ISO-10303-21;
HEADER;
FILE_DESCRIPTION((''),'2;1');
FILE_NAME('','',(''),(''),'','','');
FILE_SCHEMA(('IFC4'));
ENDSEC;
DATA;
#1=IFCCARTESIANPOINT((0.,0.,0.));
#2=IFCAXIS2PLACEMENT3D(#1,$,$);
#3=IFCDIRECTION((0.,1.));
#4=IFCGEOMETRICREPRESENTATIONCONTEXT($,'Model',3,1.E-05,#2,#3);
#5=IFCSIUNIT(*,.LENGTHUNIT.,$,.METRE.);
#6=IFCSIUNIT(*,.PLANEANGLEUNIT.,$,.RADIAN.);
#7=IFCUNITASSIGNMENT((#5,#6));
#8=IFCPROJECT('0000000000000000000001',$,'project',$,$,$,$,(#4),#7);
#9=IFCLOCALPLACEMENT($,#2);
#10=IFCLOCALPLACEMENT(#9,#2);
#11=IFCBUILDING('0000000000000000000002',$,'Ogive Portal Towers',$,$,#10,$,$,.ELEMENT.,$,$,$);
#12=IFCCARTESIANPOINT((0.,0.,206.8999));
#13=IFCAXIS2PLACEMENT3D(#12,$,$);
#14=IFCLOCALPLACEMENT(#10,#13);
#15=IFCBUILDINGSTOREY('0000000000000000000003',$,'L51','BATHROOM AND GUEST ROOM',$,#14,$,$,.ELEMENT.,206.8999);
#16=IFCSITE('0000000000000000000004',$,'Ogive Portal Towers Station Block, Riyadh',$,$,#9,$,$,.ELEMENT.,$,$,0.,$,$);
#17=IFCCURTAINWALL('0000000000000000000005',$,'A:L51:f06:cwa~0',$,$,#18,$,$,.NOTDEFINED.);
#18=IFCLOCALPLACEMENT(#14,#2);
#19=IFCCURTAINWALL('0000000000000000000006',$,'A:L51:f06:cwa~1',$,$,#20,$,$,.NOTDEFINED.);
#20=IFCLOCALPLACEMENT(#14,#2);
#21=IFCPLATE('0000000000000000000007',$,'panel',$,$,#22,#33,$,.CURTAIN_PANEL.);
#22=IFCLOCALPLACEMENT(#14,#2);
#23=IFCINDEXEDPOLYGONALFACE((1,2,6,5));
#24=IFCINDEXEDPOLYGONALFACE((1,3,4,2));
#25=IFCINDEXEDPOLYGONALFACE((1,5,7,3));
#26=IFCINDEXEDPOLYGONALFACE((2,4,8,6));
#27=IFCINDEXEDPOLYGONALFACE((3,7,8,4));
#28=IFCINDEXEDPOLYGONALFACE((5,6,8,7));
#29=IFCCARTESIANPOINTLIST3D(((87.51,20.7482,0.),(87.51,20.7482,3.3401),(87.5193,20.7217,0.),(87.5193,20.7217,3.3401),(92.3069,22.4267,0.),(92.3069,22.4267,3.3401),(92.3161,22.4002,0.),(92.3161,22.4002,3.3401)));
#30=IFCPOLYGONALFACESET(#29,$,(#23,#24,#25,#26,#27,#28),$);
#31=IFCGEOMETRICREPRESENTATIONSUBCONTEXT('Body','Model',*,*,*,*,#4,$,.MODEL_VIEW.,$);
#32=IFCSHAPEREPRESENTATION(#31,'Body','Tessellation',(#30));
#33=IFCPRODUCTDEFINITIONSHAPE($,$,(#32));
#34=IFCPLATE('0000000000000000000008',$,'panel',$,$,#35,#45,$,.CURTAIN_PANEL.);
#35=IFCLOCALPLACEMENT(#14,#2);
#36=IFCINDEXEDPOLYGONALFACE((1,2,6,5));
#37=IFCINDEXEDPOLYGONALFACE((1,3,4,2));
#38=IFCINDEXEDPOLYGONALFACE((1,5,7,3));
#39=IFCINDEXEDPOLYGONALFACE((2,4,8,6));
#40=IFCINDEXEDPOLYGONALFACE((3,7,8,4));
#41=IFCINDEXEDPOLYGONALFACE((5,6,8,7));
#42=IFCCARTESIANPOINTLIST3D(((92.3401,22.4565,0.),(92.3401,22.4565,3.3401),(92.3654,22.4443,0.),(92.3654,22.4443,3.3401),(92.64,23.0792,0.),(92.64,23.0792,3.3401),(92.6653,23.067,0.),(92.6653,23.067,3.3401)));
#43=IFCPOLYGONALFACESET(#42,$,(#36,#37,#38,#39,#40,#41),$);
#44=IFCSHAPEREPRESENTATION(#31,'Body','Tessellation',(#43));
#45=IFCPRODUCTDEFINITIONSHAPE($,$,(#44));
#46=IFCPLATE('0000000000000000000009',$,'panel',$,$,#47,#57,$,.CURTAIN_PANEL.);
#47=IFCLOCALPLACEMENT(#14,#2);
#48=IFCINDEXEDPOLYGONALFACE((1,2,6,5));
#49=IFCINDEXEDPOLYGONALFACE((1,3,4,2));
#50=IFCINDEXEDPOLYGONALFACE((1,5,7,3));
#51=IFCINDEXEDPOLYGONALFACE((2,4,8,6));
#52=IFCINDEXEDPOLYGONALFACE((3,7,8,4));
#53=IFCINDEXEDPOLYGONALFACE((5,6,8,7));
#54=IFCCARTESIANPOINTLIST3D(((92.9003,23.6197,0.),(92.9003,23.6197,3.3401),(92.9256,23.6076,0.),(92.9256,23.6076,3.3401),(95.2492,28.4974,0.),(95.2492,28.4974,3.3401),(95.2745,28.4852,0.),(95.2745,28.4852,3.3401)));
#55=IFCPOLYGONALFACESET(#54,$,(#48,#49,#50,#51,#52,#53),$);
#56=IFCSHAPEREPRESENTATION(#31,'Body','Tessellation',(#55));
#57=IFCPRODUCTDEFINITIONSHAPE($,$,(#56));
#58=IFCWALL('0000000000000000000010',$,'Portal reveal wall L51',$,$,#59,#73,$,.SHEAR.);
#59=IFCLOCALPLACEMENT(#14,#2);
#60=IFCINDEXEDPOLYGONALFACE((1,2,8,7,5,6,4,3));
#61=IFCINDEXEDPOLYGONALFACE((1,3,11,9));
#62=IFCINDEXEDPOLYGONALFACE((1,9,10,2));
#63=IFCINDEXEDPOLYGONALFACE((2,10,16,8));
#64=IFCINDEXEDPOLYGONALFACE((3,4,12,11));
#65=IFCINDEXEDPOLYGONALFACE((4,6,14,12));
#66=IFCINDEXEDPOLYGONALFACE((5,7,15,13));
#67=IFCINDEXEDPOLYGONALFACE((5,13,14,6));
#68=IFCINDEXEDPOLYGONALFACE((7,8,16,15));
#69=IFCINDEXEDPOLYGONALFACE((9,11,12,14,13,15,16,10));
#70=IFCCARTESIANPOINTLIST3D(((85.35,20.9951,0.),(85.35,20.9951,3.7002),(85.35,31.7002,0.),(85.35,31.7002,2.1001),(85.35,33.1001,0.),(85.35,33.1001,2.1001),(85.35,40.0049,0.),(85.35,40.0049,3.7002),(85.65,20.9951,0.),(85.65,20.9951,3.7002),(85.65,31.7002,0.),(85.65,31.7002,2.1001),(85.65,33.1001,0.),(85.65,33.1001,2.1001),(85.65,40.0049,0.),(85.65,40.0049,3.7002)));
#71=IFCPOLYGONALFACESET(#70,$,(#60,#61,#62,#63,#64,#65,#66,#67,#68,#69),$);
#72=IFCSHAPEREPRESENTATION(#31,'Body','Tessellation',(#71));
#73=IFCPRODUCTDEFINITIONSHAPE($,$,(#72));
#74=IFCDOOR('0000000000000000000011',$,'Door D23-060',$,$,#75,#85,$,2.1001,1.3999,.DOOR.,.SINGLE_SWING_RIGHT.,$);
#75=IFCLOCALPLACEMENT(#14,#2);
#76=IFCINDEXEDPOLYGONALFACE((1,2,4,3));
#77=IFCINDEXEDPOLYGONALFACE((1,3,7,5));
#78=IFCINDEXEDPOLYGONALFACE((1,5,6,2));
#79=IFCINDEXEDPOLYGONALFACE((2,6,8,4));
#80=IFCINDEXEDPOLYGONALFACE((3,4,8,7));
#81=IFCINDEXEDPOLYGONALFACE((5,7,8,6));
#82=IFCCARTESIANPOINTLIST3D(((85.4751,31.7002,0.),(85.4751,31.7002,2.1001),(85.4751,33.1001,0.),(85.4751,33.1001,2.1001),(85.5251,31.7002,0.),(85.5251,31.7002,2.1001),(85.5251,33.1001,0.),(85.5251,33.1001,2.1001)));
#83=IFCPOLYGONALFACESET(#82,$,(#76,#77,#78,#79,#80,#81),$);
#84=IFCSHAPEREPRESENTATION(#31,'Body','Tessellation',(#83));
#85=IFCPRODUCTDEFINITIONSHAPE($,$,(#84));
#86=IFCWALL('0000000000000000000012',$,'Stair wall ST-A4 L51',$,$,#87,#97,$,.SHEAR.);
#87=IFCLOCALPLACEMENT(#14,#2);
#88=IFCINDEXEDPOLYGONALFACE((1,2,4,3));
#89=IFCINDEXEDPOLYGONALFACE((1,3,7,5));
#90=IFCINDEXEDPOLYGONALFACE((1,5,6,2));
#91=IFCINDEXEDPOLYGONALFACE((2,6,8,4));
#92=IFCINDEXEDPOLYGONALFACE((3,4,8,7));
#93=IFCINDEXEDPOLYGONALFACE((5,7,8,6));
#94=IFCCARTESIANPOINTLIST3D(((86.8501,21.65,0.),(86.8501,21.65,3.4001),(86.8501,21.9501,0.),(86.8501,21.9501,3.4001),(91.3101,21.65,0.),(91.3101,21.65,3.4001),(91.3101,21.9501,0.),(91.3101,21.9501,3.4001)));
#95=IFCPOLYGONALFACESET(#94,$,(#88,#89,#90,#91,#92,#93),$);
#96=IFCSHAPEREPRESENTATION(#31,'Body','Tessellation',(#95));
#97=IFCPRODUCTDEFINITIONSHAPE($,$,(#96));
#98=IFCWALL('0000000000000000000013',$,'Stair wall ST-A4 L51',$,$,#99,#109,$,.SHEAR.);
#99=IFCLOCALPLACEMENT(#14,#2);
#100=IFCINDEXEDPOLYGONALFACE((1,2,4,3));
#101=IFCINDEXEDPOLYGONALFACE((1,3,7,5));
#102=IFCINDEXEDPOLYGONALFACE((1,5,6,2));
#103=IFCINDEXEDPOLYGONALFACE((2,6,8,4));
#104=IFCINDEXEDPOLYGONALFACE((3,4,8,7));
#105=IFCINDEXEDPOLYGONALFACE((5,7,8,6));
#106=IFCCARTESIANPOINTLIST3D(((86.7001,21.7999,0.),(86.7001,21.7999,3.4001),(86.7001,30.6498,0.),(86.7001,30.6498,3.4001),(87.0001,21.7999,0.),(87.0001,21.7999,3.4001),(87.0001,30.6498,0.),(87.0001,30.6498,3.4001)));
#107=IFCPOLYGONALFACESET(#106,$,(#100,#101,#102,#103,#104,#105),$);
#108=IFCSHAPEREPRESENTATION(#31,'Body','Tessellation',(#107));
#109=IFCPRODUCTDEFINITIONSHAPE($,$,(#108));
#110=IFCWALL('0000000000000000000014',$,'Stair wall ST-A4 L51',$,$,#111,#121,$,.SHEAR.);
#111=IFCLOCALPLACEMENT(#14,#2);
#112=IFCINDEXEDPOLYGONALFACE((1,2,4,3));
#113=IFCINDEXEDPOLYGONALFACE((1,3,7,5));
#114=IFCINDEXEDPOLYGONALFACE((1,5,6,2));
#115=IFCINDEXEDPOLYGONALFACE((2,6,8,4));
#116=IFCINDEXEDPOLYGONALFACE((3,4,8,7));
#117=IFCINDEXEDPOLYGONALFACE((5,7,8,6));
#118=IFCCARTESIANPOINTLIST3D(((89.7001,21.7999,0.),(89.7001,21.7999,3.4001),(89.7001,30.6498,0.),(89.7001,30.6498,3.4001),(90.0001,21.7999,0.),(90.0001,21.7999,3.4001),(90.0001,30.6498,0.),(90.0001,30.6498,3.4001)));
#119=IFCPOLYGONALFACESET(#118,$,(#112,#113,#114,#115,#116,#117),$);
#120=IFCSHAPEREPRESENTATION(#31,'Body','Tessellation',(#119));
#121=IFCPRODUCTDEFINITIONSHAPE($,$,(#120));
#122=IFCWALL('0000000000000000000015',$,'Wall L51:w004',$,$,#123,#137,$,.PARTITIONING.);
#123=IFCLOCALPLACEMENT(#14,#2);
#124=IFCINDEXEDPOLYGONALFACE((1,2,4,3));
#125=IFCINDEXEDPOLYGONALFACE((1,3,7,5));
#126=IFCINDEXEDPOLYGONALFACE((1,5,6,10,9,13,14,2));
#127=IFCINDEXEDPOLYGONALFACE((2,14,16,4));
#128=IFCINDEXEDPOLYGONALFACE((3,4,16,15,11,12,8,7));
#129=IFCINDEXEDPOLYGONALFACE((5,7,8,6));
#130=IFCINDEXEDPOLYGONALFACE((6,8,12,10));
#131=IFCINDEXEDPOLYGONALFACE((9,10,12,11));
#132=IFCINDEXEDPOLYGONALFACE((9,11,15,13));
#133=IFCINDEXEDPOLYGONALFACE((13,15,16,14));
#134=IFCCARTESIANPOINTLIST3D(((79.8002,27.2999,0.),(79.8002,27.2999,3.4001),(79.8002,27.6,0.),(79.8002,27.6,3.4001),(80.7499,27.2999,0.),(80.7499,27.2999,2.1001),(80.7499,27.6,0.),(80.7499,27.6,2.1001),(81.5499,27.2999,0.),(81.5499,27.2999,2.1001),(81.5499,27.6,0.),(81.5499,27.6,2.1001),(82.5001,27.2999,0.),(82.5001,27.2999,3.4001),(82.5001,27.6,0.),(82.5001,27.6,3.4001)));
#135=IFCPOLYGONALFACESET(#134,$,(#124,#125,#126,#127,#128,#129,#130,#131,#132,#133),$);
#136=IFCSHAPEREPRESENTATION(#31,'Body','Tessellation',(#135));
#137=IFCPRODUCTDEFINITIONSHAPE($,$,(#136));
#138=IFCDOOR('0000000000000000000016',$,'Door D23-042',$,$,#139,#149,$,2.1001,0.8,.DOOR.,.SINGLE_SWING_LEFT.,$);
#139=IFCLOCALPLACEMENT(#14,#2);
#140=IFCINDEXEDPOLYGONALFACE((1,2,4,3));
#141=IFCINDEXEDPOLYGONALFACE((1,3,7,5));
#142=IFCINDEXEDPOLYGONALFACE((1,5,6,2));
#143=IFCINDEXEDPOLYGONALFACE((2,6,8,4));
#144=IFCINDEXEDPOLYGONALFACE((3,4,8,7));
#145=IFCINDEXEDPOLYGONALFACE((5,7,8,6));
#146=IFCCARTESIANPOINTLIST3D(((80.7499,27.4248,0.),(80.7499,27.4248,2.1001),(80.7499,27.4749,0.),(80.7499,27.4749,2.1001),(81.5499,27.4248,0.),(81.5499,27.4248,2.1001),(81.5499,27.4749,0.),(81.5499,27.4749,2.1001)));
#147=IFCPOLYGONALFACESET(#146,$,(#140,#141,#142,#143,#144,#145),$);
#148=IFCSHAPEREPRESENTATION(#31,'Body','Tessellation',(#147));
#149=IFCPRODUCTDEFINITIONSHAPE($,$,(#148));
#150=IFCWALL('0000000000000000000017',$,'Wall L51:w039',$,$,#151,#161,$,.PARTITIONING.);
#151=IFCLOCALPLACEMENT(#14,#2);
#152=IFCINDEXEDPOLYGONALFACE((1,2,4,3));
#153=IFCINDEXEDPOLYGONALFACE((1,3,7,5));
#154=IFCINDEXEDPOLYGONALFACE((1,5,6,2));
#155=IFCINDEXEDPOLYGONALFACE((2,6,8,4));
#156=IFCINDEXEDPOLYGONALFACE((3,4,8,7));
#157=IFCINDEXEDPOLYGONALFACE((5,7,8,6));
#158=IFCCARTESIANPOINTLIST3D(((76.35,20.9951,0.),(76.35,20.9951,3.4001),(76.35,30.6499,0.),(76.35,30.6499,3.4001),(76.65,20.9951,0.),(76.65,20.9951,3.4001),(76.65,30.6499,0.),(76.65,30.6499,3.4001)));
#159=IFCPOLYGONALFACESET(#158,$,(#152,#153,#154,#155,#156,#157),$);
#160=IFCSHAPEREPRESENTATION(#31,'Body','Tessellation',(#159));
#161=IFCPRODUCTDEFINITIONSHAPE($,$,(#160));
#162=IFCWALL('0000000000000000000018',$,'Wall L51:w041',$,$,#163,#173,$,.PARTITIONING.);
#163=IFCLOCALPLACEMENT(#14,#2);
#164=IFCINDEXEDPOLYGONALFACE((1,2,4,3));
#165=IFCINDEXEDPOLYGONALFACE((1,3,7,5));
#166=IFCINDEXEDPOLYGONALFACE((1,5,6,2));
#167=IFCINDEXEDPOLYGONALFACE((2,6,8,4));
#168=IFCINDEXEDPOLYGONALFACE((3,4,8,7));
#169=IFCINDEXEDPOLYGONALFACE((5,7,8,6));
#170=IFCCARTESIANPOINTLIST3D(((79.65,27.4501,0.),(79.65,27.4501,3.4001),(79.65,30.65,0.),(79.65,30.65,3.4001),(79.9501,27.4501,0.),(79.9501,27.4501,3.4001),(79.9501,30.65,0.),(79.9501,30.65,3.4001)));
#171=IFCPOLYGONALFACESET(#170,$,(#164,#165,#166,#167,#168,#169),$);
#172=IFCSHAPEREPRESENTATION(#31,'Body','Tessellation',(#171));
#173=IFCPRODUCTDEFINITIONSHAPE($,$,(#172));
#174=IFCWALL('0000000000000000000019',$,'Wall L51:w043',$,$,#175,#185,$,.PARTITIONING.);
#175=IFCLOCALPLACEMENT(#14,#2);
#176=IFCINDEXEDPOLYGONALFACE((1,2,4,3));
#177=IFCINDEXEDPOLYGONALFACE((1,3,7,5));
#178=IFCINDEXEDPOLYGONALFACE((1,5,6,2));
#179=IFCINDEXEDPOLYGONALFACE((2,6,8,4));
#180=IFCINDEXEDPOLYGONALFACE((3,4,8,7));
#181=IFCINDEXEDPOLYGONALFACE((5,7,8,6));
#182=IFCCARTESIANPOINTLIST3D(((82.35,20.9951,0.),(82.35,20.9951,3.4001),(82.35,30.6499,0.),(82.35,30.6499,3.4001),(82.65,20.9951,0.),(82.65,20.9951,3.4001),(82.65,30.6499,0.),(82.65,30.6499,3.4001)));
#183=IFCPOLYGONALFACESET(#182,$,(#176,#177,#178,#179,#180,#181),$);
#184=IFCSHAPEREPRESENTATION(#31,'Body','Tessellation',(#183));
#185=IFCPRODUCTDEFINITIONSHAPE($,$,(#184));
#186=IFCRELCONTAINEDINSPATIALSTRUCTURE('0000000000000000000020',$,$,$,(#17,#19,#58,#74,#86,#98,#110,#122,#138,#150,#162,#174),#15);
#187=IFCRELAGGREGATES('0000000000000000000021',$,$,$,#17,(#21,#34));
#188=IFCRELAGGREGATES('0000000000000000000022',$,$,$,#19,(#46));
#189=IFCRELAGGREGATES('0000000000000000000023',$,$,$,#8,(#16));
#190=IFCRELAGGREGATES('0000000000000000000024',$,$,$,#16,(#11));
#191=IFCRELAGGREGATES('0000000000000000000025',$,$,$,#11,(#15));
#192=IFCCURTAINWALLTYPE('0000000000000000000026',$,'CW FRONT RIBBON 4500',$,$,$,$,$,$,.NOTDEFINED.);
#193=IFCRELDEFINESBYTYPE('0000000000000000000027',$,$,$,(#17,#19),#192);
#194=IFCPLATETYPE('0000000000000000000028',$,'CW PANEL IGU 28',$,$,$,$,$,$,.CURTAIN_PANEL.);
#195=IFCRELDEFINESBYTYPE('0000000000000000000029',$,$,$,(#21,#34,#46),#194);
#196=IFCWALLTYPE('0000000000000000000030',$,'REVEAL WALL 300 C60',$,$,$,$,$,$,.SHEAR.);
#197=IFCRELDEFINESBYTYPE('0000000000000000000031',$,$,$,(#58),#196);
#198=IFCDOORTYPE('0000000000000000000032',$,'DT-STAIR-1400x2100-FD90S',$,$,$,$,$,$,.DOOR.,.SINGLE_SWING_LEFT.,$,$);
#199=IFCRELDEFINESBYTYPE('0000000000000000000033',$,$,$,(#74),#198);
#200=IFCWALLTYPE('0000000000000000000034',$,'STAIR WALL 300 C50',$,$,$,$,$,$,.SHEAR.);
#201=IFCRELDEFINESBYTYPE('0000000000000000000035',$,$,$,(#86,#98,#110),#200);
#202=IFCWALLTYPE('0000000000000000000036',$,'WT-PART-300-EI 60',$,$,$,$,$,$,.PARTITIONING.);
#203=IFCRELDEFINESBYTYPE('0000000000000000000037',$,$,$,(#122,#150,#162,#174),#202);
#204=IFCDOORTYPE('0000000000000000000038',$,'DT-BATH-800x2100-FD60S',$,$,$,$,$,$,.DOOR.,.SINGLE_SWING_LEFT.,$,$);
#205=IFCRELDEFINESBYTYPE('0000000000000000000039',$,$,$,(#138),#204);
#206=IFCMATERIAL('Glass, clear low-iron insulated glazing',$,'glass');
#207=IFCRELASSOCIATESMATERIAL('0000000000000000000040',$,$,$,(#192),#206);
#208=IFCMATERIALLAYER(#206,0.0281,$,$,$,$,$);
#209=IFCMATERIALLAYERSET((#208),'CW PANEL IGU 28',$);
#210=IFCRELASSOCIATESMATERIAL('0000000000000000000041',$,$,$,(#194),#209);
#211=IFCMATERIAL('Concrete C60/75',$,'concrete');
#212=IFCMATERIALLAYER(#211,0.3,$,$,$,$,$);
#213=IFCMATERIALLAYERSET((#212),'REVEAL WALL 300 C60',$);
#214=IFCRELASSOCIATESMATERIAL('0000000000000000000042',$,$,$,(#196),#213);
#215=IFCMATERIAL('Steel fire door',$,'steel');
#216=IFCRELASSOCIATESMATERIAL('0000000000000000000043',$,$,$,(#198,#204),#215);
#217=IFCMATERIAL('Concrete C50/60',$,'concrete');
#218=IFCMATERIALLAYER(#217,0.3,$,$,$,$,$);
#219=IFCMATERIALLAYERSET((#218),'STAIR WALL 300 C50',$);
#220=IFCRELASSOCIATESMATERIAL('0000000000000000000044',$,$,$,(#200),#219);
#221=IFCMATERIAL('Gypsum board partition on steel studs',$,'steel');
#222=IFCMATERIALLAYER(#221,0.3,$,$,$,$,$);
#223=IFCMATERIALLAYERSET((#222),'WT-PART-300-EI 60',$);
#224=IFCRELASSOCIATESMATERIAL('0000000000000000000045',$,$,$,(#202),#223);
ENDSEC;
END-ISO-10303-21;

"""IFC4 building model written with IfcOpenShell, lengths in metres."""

from ifc_helpers import new_model, si_unit, direction, frame, frame_2d, origin, origin_2d, place, context, subcontext, project, spatial, rectangle, extrude, material, layer, layer_set, type_object, element, fill, aggregate, save


model = new_model("IFC4")

# Units and contexts
model_context = context("Model", 3, precision=1e-05, world=origin(), true_north=direction((0.0, 1.0)))
body_context = subcontext(model_context, "Body", "Model", "MODEL_VIEW")
ifc_project = project(units=[si_unit("LENGTHUNIT", "METRE"), si_unit("PLANEANGLEUNIT", "RADIAN")], contexts=[model_context])

# Site, building, storey
site_placement = place(None, origin())
site = spatial("IfcSite", under=ifc_project, at=site_placement, Name="Ogive Portal Towers Station Block, Riyadh", CompositionType="ELEMENT", RefElevation=0.0)
building_placement = place(site_placement, origin())
building = spatial("IfcBuilding", under=site, at=building_placement, Name="Ogive Portal Towers", CompositionType="ELEMENT")
storey_placement = place(building_placement, frame((0.0, 0.0, 206.8999)))
storey = spatial("IfcBuildingStorey", under=building, at=storey_placement, Name="L51", Description="BATHROOM AND GUEST ROOM", CompositionType="ELEMENT", Elevation=206.8999)

# Shared definitions
ifc_material_1 = material(Name="Concrete C60/75", Category="concrete")

# Shared definitions
ifc_material_2 = material(Name="Glass, clear low-iron insulated glazing", Category="glass")
curtain_wall_type = type_object("IfcCurtainWallType", Name="CW FRONT RIBBON 4500", PredefinedType="NOTDEFINED", material=ifc_material_2)

# Curtain wall
curtain_wall_1_placement = place(storey_placement, origin())
curtain_wall_1 = element("IfcCurtainWall", 1, at=curtain_wall_1_placement, inside=storey, type_object=curtain_wall_type, Name="A:L51:f06:cwa~0", PredefinedType="NOTDEFINED")

# Curtain wall
curtain_wall_2_placement = place(storey_placement, origin())
curtain_wall_2 = element("IfcCurtainWall", 2, at=curtain_wall_2_placement, inside=storey, type_object=curtain_wall_type, Name="A:L51:f06:cwa~1", PredefinedType="NOTDEFINED")

# Plates
ifc_layer_1 = layer(ifc_material_2, 0.0281)
ifc_layer_set_1 = layer_set([ifc_layer_1], Name="CW PANEL IGU 28")
plate_type = type_object("IfcPlateType", Name="CW PANEL IGU 28", PredefinedType="CURTAIN_PANEL", material=ifc_layer_set_1)
plate_1_placement = place(storey_placement, frame((89.9131, 21.5742, 0.0), z_axis=(0.0, 0.0, 1.0), x_axis=(0.943883, 0.330279, 0.0)))
plate_1 = element("IfcPlate", 3, at=plate_1_placement, type_object=plate_type, Name="panel", PredefinedType="CURTAIN_PANEL", context=body_context, shape_type="SweptSolid", body=[
    extrude(rectangle(XDim=5.082, YDim=0.0281, at=origin_2d()), origin(), (0.0, 0.0, 1.0), 3.3401),
])
plate_2_placement = place(storey_placement, frame((92.5027, 22.7617, 0.0), z_axis=(0.0, 0.0, 1.0), x_axis=(0.433884, 0.900969, 0.0)))
plate_2 = element("IfcPlate", 4, at=plate_2_placement, type_object=plate_type, Name="panel", PredefinedType="CURTAIN_PANEL", context=body_context, shape_type="SweptSolid", body=[
    extrude(rectangle(XDim=0.6912, YDim=0.0281, at=origin_2d()), origin(), (0.0, 0.0, 1.0), 3.3401),
])
aggregate(curtain_wall_1, [plate_1, plate_2])
plate_3_placement = place(storey_placement, frame((94.0874, 26.0525, 0.0), z_axis=(0.0, 0.0, 1.0), x_axis=(0.433884, 0.900969, 0.0)))
plate_3 = element("IfcPlate", 5, at=plate_3_placement, type_object=plate_type, Name="panel", PredefinedType="CURTAIN_PANEL", context=body_context, shape_type="SweptSolid", body=[
    extrude(rectangle(XDim=5.4138, YDim=0.0281, at=origin_2d()), origin(), (0.0, 0.0, 1.0), 3.3401),
])
aggregate(curtain_wall_2, [plate_3])

# Wall, opening, door
ifc_layer_2 = layer(ifc_material_1, 0.3)
ifc_layer_set_2 = layer_set([ifc_layer_2], Name="REVEAL WALL 300 C60")
wall_type_1 = type_object("IfcWallType", Name="REVEAL WALL 300 C60", PredefinedType="SHEAR", material=ifc_layer_set_2)
wall_1_placement = place(storey_placement, frame((85.5, 20.9951, 0.0), z_axis=(0.0, 0.0, 1.0), x_axis=(0.0, 1.0, 0.0)))
wall_1 = element("IfcWall", 6, at=wall_1_placement, inside=storey, type_object=wall_type_1, Name="Portal reveal wall L51", PredefinedType="SHEAR", context=body_context, shape_type="SweptSolid", body=[
    extrude(rectangle(XDim=19.0098, YDim=0.3, at=frame_2d((9.5049, 0.0))), origin(), (0.0, 0.0, 1.0), 3.7002),
])
opening_1_placement = place(wall_1_placement, frame((10.7051, 0.0, 0.0)))
opening_1 = element("IfcOpeningElement", 7, at=opening_1_placement, cuts=wall_1, PredefinedType="OPENING", context=body_context, shape_type="SweptSolid", body=[
    extrude(rectangle(XDim=1.3999, YDim=2.1001, at=frame_2d((0.7, 1.05))), frame((0.0, 0.1602, 0.0), z_axis=(0.0, -1.0, 0.0), x_axis=(1.0, 0.0, 0.0)), (0.0, 0.0, 1.0), 0.3201),
])
ifc_material_3 = material(Name="Steel fire door", Category="steel")
door_type_1 = type_object("IfcDoorType", Name="DT-STAIR-1400x2100-FD90S", OperationType="SINGLE_SWING_LEFT", PredefinedType="DOOR", material=ifc_material_3)
door_1_placement = place(opening_1_placement, origin())
door_1 = element("IfcDoor", 8, at=door_1_placement, inside=storey, type_object=door_type_1, Name="Door D23-060", OperationType="SINGLE_SWING_RIGHT", OverallHeight=2.1001, OverallWidth=1.3999, PredefinedType="DOOR", context=body_context, shape_type="SweptSolid", body=[
    extrude(rectangle(XDim=1.3999, YDim=2.1001, at=frame_2d((0.7, 1.05))), frame((0.0, 0.0249, 0.0), z_axis=(0.0, -1.0, 0.0), x_axis=(1.0, 0.0, 0.0)), (0.0, 0.0, 1.0), 0.05),
])
fill(opening_1, door_1)

# Walls
ifc_material_4 = material(Name="Concrete C50/60", Category="concrete")
ifc_layer_3 = layer(ifc_material_4, 0.3)
ifc_layer_set_3 = layer_set([ifc_layer_3], Name="STAIR WALL 300 C50")
wall_type_2 = type_object("IfcWallType", Name="STAIR WALL 300 C50", PredefinedType="SHEAR", material=ifc_layer_set_3)
wall_2_placement = place(storey_placement, frame((86.8501, 21.8, 0.0), z_axis=(0.0, 0.0, 1.0), x_axis=(1.0, 0.0, 0.0)))
element("IfcWall", 9, at=wall_2_placement, inside=storey, type_object=wall_type_2, Name="Stair wall ST-A4 L51", PredefinedType="SHEAR", context=body_context, shape_type="SweptSolid", body=[
    extrude(rectangle(XDim=4.46, YDim=0.3, at=frame_2d((2.23, 0.0))), origin(), (0.0, 0.0, 1.0), 3.4001),
])
for number, where, z_axis, x_axis, name in (
    (10, (86.8501, 21.8, 0.0), (0.0, 0.0, 1.0), (0.0, 1.0, 0.0), "Stair wall ST-A4 L51"),
    (11, (89.8501, 21.8, 0.0), (0.0, 0.0, 1.0), (0.0, 1.0, 0.0), "Stair wall ST-A4 L51"),
):
    element("IfcWall", number, at=place(storey_placement, frame(where, z_axis=z_axis, x_axis=x_axis)), inside=storey, type_object=wall_type_2, Name=name, PredefinedType="SHEAR", context=body_context, shape_type="SweptSolid", body=[
        extrude(rectangle(XDim=8.8499, YDim=0.3, at=frame_2d((4.4248, 0.0))), origin(), (0.0, 0.0, 1.0), 3.4001),
    ])

# Wall, opening, door
ifc_material_5 = material(Name="Gypsum board partition on steel studs", Category="steel")
ifc_layer_4 = layer(ifc_material_5, 0.3)
ifc_layer_set_4 = layer_set([ifc_layer_4], Name="WT-PART-300-EI 60")
wall_type_3 = type_object("IfcWallType", Name="WT-PART-300-EI 60", PredefinedType="PARTITIONING", material=ifc_layer_set_4)
wall_3_placement = place(storey_placement, frame((79.8, 27.45, 0.0), z_axis=(0.0, 0.0, 1.0), x_axis=(1.0, 0.0, 0.0)))
wall_3 = element("IfcWall", 12, at=wall_3_placement, inside=storey, type_object=wall_type_3, Name="Wall L51:w004", PredefinedType="PARTITIONING", context=body_context, shape_type="SweptSolid", body=[
    extrude(rectangle(XDim=2.7, YDim=0.3, at=frame_2d((1.3501, 0.0))), origin(), (0.0, 0.0, 1.0), 3.4001),
])
opening_2_placement = place(wall_3_placement, frame((0.95, 0.0, 0.0)))
opening_2 = element("IfcOpeningElement", 13, at=opening_2_placement, cuts=wall_3, PredefinedType="OPENING", context=body_context, shape_type="SweptSolid", body=[
    extrude(rectangle(XDim=0.8, YDim=2.1001, at=frame_2d((0.3999, 1.05))), frame((0.0, 0.1602, 0.0), z_axis=(0.0, -1.0, 0.0), x_axis=(1.0, 0.0, 0.0)), (0.0, 0.0, 1.0), 0.3201),
])
door_type_2 = type_object("IfcDoorType", Name="DT-BATH-800x2100-FD60S", OperationType="SINGLE_SWING_LEFT", PredefinedType="DOOR", material=ifc_material_3)
door_2_placement = place(opening_2_placement, origin())
door_2 = element("IfcDoor", 14, at=door_2_placement, inside=storey, type_object=door_type_2, Name="Door D23-042", OperationType="SINGLE_SWING_LEFT", OverallHeight=2.1001, OverallWidth=0.8, PredefinedType="DOOR", context=body_context, shape_type="SweptSolid", body=[
    extrude(rectangle(XDim=0.8, YDim=2.1001, at=frame_2d((0.3999, 1.05))), frame((0.0, 0.0249, 0.0), z_axis=(0.0, -1.0, 0.0), x_axis=(1.0, 0.0, 0.0)), (0.0, 0.0, 1.0), 0.05),
])
fill(opening_2, door_2)

# Walls
wall_4_placement = place(storey_placement, frame((76.5, 20.9951, 0.0), z_axis=(0.0, 0.0, 1.0), x_axis=(0.0, 1.0, 0.0)))
element("IfcWall", 15, at=wall_4_placement, inside=storey, type_object=wall_type_3, Name="Wall L51:w039", PredefinedType="PARTITIONING", context=body_context, shape_type="SweptSolid", body=[
    extrude(rectangle(XDim=9.6548, YDim=0.3, at=frame_2d((4.8274, 0.0))), origin(), (0.0, 0.0, 1.0), 3.4001),
])
wall_5_placement = place(storey_placement, frame((79.8, 27.45, 0.0), z_axis=(0.0, 0.0, 1.0), x_axis=(0.0, 1.0, 0.0)))
element("IfcWall", 16, at=wall_5_placement, inside=storey, type_object=wall_type_3, Name="Wall L51:w041", PredefinedType="PARTITIONING", context=body_context, shape_type="SweptSolid", body=[
    extrude(rectangle(XDim=3.2, YDim=0.3, at=frame_2d((1.6001, 0.0))), origin(), (0.0, 0.0, 1.0), 3.4001),
])
wall_6_placement = place(storey_placement, frame((82.5, 20.9951, 0.0), z_axis=(0.0, 0.0, 1.0), x_axis=(0.0, 1.0, 0.0)))
element("IfcWall", 17, at=wall_6_placement, inside=storey, type_object=wall_type_3, Name="Wall L51:w043", PredefinedType="PARTITIONING", context=body_context, shape_type="SweptSolid", body=[
    extrude(rectangle(XDim=9.6548, YDim=0.3, at=frame_2d((4.8274, 0.0))), origin(), (0.0, 0.0, 1.0), 3.4001),
])

save(model, "model.ifc")
